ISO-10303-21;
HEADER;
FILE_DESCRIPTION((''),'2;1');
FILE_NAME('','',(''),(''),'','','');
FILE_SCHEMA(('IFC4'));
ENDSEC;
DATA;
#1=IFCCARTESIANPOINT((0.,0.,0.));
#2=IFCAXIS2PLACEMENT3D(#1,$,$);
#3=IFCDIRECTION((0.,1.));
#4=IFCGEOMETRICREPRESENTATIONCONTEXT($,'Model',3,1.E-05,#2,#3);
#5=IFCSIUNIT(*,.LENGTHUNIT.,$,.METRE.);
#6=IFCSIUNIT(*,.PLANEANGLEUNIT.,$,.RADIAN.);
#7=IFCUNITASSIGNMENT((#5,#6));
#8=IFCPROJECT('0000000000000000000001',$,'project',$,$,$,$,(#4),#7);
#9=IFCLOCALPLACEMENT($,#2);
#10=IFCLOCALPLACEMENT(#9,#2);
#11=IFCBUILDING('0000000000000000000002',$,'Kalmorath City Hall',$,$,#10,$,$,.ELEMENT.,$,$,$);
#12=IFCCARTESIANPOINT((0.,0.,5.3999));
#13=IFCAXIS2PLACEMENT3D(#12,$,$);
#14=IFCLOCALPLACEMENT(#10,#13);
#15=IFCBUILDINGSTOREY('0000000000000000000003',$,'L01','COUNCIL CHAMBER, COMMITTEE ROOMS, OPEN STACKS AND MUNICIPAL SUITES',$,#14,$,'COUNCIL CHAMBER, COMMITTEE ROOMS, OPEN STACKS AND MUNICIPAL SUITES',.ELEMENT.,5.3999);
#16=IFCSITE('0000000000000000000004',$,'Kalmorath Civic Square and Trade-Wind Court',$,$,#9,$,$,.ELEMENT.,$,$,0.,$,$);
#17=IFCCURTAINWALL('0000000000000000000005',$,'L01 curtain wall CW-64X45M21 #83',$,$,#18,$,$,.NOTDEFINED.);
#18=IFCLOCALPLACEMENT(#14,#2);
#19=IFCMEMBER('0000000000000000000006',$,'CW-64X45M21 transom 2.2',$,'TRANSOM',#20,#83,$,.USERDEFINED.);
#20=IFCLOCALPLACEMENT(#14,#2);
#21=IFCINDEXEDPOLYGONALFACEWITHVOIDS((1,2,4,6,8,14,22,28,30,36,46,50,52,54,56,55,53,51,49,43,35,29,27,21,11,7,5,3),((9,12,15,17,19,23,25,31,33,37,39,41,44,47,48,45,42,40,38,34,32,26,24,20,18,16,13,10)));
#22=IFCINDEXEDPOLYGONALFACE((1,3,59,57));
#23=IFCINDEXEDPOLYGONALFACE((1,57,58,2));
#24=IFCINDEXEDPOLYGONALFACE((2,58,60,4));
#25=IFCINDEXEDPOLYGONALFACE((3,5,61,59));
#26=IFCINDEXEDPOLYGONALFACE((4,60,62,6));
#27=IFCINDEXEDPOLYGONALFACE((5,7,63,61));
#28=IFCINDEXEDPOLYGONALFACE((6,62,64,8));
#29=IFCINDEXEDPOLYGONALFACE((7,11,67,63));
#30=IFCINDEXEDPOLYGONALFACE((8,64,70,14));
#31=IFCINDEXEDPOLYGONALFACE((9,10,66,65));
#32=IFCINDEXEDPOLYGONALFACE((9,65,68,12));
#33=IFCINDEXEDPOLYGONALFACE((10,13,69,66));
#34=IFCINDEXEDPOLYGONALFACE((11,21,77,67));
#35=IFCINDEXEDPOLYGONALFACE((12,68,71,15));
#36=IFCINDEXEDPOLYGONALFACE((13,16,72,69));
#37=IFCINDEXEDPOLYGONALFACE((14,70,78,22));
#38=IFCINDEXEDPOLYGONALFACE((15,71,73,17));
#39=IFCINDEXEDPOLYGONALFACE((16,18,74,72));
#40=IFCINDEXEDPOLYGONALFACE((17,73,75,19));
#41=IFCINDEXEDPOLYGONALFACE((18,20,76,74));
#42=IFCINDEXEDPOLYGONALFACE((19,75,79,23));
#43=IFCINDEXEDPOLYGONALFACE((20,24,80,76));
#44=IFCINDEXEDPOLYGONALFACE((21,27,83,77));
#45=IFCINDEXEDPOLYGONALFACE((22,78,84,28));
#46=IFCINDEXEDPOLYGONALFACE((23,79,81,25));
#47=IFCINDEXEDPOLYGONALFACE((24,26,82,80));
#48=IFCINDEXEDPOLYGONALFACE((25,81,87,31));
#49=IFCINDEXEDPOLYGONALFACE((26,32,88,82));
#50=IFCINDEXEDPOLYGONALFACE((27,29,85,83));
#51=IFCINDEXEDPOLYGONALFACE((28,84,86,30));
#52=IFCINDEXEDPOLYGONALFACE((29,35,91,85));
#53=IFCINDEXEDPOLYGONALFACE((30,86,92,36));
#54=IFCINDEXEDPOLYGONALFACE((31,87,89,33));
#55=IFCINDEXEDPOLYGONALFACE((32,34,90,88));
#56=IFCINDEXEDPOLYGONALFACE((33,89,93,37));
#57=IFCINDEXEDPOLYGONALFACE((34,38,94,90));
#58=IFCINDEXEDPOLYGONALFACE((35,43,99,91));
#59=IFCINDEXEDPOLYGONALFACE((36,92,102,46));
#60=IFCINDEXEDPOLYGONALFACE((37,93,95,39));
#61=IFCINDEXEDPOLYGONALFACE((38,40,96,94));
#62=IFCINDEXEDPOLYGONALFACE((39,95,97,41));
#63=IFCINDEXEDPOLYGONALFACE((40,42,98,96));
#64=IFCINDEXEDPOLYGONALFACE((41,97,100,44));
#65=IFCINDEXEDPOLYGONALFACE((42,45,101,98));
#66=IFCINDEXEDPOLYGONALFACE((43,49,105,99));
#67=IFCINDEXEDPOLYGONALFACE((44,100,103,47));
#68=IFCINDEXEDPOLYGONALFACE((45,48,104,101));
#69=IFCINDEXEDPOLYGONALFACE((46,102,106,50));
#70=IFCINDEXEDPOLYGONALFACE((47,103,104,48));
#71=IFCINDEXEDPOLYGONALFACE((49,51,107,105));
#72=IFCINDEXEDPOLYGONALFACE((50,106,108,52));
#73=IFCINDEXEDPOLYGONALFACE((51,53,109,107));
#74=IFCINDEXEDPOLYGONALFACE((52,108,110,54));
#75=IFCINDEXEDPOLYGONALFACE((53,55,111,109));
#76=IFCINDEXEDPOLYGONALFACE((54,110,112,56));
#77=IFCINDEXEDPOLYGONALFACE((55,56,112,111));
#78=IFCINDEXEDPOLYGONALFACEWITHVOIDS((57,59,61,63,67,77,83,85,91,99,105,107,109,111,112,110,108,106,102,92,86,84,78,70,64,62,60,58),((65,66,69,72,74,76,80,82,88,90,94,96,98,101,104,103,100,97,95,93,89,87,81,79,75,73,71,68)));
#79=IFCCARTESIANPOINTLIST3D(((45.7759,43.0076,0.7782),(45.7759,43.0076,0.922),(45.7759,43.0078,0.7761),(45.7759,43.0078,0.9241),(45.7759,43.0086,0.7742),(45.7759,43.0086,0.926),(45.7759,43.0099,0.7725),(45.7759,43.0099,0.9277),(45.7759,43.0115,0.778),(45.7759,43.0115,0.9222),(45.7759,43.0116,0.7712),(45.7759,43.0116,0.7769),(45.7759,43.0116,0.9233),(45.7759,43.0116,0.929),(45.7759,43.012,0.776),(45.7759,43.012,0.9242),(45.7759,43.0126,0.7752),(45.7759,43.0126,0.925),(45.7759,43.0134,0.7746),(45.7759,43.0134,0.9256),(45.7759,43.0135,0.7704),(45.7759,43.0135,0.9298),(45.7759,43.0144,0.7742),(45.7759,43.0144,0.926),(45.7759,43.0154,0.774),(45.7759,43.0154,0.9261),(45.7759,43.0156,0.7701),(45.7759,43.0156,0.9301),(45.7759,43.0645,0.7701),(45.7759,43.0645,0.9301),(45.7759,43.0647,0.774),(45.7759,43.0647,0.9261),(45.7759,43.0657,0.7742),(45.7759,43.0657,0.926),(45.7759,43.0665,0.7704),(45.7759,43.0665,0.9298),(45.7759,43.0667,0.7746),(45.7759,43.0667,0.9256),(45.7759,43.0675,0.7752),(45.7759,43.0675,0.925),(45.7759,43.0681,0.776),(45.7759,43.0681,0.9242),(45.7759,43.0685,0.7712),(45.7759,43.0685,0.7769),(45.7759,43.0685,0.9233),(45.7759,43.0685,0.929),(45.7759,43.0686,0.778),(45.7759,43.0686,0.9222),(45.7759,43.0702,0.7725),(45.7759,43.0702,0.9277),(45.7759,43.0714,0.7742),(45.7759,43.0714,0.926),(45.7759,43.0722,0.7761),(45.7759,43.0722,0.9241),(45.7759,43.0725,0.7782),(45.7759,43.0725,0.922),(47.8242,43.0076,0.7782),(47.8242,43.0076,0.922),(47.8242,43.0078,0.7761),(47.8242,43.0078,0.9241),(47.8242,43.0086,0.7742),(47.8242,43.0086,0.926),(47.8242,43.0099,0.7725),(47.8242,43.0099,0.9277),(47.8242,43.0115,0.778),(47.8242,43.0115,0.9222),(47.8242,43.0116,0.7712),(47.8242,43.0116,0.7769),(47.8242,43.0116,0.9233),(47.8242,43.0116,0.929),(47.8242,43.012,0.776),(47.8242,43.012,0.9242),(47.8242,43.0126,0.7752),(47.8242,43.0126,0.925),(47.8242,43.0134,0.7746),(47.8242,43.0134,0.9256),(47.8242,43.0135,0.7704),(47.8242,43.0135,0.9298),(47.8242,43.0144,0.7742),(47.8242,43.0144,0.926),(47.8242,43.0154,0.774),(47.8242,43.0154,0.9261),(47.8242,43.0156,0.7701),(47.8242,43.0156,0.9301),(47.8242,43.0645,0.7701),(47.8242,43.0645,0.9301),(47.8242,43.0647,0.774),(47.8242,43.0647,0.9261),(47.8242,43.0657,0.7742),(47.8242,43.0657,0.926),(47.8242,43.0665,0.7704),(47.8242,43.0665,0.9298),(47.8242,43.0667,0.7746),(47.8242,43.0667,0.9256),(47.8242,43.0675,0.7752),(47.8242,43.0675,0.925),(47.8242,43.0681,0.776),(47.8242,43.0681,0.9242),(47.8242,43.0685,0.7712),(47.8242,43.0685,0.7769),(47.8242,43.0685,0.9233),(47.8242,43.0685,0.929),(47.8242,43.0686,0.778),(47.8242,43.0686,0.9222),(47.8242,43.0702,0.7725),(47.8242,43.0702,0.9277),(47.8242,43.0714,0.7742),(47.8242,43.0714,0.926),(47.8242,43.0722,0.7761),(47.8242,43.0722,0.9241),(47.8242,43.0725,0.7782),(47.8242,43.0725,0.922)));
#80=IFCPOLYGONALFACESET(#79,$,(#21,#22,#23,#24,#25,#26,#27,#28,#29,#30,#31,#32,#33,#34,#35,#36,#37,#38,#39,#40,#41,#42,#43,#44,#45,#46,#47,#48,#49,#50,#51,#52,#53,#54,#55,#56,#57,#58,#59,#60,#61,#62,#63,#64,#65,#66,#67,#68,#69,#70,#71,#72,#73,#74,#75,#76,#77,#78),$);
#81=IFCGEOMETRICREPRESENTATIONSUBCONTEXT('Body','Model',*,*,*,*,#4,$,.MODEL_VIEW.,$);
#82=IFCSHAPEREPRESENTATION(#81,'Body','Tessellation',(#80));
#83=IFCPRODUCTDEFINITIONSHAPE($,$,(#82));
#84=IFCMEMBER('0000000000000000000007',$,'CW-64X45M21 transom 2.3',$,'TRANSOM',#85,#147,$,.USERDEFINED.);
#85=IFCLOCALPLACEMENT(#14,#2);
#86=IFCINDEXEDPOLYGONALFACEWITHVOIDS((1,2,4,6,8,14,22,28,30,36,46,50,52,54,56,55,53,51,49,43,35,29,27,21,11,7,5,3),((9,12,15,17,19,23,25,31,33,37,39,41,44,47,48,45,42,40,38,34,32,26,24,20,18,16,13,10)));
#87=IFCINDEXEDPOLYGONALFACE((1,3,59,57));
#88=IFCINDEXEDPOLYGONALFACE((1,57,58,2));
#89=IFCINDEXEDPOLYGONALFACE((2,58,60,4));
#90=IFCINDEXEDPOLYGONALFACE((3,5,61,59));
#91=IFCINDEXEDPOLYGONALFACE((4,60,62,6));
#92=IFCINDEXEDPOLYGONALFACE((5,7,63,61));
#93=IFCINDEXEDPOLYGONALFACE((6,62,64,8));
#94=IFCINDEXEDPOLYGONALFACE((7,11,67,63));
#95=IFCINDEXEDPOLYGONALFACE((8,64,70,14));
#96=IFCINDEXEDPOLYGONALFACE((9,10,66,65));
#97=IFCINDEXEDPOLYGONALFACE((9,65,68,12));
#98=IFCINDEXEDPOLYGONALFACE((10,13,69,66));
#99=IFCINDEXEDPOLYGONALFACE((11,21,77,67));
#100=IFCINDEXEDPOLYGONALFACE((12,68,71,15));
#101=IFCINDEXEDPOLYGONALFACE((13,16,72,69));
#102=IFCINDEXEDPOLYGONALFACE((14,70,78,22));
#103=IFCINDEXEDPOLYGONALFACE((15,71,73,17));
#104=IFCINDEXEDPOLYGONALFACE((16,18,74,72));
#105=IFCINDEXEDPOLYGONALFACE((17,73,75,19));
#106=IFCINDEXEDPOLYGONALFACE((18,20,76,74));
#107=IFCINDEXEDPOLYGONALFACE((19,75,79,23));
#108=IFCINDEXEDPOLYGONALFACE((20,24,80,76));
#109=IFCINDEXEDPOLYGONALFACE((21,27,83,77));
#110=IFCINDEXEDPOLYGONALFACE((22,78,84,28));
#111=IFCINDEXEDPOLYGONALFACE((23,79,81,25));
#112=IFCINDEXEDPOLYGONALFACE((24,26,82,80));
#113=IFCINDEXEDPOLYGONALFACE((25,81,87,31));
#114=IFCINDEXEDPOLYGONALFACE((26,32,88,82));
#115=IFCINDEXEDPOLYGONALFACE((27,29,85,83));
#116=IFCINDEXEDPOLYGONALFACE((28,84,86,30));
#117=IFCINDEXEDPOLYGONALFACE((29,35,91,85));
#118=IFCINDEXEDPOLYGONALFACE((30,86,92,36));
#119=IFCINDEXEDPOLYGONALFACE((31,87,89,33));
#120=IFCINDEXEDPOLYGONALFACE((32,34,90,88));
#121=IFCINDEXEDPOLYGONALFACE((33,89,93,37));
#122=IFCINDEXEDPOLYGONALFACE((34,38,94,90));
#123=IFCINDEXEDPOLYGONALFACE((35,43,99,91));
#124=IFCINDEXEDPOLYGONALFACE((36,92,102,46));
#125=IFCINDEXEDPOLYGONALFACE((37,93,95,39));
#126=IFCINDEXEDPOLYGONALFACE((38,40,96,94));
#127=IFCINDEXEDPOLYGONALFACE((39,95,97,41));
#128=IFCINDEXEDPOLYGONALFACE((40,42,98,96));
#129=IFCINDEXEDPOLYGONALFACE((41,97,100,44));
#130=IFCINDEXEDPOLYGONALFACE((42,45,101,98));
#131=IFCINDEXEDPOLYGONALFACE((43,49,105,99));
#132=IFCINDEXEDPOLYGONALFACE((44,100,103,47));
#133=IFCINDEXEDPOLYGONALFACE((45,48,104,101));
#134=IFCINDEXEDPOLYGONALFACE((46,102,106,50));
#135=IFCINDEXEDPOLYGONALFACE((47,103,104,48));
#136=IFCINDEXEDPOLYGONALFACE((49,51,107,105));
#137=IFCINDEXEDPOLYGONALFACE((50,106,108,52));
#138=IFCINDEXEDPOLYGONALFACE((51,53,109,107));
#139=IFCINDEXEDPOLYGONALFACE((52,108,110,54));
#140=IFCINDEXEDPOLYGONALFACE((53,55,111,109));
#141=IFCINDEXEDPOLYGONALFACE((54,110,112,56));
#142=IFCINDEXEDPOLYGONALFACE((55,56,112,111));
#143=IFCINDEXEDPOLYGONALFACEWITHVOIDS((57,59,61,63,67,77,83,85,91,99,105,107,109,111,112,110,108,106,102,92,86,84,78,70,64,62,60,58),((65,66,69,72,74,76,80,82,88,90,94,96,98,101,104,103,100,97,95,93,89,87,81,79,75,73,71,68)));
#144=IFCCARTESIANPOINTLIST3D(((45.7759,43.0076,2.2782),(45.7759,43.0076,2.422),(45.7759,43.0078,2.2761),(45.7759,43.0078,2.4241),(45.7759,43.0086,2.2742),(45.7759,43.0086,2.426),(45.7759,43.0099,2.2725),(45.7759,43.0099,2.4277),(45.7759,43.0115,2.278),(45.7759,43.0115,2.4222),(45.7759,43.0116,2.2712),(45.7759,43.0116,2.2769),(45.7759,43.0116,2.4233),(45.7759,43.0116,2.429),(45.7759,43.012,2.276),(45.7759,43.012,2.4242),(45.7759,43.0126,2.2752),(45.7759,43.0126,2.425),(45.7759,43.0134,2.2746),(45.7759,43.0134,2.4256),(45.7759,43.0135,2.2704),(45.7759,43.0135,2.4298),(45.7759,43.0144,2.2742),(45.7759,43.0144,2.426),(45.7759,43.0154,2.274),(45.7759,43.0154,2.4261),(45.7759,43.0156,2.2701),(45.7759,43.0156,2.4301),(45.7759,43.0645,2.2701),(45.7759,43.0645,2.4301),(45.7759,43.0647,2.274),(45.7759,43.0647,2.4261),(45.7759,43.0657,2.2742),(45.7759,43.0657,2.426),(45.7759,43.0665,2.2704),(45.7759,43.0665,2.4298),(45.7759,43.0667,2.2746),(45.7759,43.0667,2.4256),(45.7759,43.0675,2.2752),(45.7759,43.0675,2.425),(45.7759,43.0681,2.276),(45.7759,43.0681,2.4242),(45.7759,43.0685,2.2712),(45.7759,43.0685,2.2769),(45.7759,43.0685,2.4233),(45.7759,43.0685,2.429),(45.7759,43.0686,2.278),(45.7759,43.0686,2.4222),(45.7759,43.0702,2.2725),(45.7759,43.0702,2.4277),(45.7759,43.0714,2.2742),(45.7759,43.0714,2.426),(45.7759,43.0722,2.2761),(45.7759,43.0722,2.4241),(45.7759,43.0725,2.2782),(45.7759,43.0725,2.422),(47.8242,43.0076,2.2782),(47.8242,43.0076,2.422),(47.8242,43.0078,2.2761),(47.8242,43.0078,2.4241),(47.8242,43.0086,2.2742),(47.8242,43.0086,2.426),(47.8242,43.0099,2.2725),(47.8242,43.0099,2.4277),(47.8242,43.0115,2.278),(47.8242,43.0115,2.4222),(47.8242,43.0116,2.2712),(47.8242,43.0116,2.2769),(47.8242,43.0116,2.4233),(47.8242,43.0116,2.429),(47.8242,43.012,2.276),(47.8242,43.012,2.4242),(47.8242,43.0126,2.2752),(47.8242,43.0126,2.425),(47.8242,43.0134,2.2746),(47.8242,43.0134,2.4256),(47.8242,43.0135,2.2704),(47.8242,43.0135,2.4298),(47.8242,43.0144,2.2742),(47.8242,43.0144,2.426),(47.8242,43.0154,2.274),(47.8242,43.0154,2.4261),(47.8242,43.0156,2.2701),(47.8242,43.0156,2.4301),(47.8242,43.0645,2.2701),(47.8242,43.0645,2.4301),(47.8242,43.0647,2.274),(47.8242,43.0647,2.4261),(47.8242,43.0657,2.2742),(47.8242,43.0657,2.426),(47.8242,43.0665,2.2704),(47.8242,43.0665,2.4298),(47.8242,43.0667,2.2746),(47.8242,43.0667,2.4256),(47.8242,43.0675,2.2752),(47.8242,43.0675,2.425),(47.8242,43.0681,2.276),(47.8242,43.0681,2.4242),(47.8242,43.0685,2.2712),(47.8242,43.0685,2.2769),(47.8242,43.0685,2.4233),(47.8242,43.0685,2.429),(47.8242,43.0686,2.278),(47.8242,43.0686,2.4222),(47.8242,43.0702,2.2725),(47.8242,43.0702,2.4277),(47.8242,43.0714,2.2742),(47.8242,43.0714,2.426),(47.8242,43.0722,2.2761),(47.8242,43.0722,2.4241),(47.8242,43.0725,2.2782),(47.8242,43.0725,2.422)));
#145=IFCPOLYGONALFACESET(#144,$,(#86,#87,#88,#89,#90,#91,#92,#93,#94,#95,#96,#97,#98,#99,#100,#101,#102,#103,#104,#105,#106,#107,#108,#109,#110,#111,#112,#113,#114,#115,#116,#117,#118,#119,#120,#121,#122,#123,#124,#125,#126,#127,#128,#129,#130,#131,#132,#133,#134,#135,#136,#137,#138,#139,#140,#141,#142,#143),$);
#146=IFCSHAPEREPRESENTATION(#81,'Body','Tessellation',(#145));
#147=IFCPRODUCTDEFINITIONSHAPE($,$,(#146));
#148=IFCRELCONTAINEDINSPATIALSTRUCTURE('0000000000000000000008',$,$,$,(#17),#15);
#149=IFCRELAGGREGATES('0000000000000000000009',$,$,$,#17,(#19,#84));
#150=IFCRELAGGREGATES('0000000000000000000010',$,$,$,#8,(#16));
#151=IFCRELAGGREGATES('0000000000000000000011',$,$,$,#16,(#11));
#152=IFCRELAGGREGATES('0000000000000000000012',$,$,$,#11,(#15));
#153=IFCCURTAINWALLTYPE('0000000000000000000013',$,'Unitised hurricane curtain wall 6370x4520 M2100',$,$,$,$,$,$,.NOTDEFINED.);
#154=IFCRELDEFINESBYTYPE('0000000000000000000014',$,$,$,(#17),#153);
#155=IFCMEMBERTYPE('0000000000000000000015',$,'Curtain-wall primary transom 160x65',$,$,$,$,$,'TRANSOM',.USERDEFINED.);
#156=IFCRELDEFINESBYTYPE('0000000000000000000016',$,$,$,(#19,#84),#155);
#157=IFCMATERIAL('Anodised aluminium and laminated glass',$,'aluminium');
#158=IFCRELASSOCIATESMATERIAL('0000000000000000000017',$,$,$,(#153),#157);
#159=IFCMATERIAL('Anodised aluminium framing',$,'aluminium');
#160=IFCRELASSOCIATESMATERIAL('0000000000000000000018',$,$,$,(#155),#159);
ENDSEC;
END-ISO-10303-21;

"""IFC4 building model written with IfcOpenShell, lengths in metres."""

from ifc_helpers import new_model, si_unit, direction, frame, origin, origin_2d, place, context, subcontext, project, spatial, hollow_rectangle, extrude, material, material_profile, profile_set, type_object, element, aggregate, save


model = new_model("IFC4")

# Units and contexts
model_context = context("Model", 3, precision=1e-05, world=origin(), true_north=direction((0.0, 1.0)))
body_context = subcontext(model_context, "Body", "Model", "MODEL_VIEW")
ifc_project = project(units=[si_unit("LENGTHUNIT", "METRE"), si_unit("PLANEANGLEUNIT", "RADIAN")], contexts=[model_context])

# Site, building, storey
site_placement = place(None, origin())
site = spatial("IfcSite", under=ifc_project, at=site_placement, Name="Kalmorath Civic Square and Trade-Wind Court", CompositionType="ELEMENT", RefElevation=0.0)
building_placement = place(site_placement, origin())
building = spatial("IfcBuilding", under=site, at=building_placement, Name="Kalmorath City Hall", CompositionType="ELEMENT")
storey_placement = place(building_placement, frame((0.0, 0.0, 5.3999)))
storey = spatial("IfcBuildingStorey", under=building, at=storey_placement, Name="L01", Description="COUNCIL CHAMBER, COMMITTEE ROOMS, OPEN STACKS AND MUNICIPAL SUITES", LongName="COUNCIL CHAMBER, COMMITTEE ROOMS, OPEN STACKS AND MUNICIPAL SUITES", CompositionType="ELEMENT", Elevation=5.3999)

# Curtain wall
ifc_material_1 = material(Name="Anodised aluminium and laminated glass", Category="aluminium")
curtain_wall_type_1 = type_object("IfcCurtainWallType", Name="Unitised hurricane curtain wall 6370x4520 M2100", PredefinedType="NOTDEFINED", material=ifc_material_1)
curtain_wall_1_placement = place(storey_placement, origin())
curtain_wall_1 = element("IfcCurtainWall", 1, at=curtain_wall_1_placement, inside=storey, type_object=curtain_wall_type_1, Name="L01 curtain wall CW-64X45M21 #83", PredefinedType="NOTDEFINED")

# Members
ifc_material_2 = material(Name="Anodised aluminium framing", Category="aluminium")
ifc_material_profile_1 = material_profile(ifc_material_2, hollow_rectangle(XDim=0.0649, YDim=0.1599, WallThickness=0.0039, InnerFilletRadius=0.0039, OuterFilletRadius=0.0081, at=origin_2d()), Name="ALU-TRN-160X65X4")
ifc_profile_set_1 = profile_set([ifc_material_profile_1], Name="Anodised aluminium framing")
member_type_1 = type_object("IfcMemberType", Name="Curtain-wall primary transom 160x65", ElementType="TRANSOM", PredefinedType="USERDEFINED", material=ifc_profile_set_1)
member_1_placement = place(storey_placement, frame((45.7759, 43.04, 0.8501), z_axis=(1.0, 0.0, 0.0), x_axis=(0.0, 1.0, 0.0)))
member_1 = element("IfcMember", 2, at=member_1_placement, type_object=member_type_1, Name="CW-64X45M21 transom 2.2", ObjectType="TRANSOM", PredefinedType="USERDEFINED", context=body_context, shape_type="SweptSolid", body=[
    extrude(hollow_rectangle(XDim=0.0649, YDim=0.1599, WallThickness=0.0039, InnerFilletRadius=0.0039, OuterFilletRadius=0.0081, at=origin_2d()), origin(), (0.0, 0.0, 1.0), 2.0483),
])
member_2_placement = place(storey_placement, frame((45.7759, 43.04, 2.3501), z_axis=(1.0, 0.0, 0.0), x_axis=(0.0, 1.0, 0.0)))
member_2 = element("IfcMember", 3, at=member_2_placement, type_object=member_type_1, Name="CW-64X45M21 transom 2.3", ObjectType="TRANSOM", PredefinedType="USERDEFINED", context=body_context, shape_type="SweptSolid", body=[
    extrude(hollow_rectangle(XDim=0.0649, YDim=0.1599, WallThickness=0.0039, InnerFilletRadius=0.0039, OuterFilletRadius=0.0081, at=origin_2d()), origin(), (0.0, 0.0, 1.0), 2.0483),
])

aggregate(curtain_wall_1, [member_1, member_2])

save(model, "model.ifc")
